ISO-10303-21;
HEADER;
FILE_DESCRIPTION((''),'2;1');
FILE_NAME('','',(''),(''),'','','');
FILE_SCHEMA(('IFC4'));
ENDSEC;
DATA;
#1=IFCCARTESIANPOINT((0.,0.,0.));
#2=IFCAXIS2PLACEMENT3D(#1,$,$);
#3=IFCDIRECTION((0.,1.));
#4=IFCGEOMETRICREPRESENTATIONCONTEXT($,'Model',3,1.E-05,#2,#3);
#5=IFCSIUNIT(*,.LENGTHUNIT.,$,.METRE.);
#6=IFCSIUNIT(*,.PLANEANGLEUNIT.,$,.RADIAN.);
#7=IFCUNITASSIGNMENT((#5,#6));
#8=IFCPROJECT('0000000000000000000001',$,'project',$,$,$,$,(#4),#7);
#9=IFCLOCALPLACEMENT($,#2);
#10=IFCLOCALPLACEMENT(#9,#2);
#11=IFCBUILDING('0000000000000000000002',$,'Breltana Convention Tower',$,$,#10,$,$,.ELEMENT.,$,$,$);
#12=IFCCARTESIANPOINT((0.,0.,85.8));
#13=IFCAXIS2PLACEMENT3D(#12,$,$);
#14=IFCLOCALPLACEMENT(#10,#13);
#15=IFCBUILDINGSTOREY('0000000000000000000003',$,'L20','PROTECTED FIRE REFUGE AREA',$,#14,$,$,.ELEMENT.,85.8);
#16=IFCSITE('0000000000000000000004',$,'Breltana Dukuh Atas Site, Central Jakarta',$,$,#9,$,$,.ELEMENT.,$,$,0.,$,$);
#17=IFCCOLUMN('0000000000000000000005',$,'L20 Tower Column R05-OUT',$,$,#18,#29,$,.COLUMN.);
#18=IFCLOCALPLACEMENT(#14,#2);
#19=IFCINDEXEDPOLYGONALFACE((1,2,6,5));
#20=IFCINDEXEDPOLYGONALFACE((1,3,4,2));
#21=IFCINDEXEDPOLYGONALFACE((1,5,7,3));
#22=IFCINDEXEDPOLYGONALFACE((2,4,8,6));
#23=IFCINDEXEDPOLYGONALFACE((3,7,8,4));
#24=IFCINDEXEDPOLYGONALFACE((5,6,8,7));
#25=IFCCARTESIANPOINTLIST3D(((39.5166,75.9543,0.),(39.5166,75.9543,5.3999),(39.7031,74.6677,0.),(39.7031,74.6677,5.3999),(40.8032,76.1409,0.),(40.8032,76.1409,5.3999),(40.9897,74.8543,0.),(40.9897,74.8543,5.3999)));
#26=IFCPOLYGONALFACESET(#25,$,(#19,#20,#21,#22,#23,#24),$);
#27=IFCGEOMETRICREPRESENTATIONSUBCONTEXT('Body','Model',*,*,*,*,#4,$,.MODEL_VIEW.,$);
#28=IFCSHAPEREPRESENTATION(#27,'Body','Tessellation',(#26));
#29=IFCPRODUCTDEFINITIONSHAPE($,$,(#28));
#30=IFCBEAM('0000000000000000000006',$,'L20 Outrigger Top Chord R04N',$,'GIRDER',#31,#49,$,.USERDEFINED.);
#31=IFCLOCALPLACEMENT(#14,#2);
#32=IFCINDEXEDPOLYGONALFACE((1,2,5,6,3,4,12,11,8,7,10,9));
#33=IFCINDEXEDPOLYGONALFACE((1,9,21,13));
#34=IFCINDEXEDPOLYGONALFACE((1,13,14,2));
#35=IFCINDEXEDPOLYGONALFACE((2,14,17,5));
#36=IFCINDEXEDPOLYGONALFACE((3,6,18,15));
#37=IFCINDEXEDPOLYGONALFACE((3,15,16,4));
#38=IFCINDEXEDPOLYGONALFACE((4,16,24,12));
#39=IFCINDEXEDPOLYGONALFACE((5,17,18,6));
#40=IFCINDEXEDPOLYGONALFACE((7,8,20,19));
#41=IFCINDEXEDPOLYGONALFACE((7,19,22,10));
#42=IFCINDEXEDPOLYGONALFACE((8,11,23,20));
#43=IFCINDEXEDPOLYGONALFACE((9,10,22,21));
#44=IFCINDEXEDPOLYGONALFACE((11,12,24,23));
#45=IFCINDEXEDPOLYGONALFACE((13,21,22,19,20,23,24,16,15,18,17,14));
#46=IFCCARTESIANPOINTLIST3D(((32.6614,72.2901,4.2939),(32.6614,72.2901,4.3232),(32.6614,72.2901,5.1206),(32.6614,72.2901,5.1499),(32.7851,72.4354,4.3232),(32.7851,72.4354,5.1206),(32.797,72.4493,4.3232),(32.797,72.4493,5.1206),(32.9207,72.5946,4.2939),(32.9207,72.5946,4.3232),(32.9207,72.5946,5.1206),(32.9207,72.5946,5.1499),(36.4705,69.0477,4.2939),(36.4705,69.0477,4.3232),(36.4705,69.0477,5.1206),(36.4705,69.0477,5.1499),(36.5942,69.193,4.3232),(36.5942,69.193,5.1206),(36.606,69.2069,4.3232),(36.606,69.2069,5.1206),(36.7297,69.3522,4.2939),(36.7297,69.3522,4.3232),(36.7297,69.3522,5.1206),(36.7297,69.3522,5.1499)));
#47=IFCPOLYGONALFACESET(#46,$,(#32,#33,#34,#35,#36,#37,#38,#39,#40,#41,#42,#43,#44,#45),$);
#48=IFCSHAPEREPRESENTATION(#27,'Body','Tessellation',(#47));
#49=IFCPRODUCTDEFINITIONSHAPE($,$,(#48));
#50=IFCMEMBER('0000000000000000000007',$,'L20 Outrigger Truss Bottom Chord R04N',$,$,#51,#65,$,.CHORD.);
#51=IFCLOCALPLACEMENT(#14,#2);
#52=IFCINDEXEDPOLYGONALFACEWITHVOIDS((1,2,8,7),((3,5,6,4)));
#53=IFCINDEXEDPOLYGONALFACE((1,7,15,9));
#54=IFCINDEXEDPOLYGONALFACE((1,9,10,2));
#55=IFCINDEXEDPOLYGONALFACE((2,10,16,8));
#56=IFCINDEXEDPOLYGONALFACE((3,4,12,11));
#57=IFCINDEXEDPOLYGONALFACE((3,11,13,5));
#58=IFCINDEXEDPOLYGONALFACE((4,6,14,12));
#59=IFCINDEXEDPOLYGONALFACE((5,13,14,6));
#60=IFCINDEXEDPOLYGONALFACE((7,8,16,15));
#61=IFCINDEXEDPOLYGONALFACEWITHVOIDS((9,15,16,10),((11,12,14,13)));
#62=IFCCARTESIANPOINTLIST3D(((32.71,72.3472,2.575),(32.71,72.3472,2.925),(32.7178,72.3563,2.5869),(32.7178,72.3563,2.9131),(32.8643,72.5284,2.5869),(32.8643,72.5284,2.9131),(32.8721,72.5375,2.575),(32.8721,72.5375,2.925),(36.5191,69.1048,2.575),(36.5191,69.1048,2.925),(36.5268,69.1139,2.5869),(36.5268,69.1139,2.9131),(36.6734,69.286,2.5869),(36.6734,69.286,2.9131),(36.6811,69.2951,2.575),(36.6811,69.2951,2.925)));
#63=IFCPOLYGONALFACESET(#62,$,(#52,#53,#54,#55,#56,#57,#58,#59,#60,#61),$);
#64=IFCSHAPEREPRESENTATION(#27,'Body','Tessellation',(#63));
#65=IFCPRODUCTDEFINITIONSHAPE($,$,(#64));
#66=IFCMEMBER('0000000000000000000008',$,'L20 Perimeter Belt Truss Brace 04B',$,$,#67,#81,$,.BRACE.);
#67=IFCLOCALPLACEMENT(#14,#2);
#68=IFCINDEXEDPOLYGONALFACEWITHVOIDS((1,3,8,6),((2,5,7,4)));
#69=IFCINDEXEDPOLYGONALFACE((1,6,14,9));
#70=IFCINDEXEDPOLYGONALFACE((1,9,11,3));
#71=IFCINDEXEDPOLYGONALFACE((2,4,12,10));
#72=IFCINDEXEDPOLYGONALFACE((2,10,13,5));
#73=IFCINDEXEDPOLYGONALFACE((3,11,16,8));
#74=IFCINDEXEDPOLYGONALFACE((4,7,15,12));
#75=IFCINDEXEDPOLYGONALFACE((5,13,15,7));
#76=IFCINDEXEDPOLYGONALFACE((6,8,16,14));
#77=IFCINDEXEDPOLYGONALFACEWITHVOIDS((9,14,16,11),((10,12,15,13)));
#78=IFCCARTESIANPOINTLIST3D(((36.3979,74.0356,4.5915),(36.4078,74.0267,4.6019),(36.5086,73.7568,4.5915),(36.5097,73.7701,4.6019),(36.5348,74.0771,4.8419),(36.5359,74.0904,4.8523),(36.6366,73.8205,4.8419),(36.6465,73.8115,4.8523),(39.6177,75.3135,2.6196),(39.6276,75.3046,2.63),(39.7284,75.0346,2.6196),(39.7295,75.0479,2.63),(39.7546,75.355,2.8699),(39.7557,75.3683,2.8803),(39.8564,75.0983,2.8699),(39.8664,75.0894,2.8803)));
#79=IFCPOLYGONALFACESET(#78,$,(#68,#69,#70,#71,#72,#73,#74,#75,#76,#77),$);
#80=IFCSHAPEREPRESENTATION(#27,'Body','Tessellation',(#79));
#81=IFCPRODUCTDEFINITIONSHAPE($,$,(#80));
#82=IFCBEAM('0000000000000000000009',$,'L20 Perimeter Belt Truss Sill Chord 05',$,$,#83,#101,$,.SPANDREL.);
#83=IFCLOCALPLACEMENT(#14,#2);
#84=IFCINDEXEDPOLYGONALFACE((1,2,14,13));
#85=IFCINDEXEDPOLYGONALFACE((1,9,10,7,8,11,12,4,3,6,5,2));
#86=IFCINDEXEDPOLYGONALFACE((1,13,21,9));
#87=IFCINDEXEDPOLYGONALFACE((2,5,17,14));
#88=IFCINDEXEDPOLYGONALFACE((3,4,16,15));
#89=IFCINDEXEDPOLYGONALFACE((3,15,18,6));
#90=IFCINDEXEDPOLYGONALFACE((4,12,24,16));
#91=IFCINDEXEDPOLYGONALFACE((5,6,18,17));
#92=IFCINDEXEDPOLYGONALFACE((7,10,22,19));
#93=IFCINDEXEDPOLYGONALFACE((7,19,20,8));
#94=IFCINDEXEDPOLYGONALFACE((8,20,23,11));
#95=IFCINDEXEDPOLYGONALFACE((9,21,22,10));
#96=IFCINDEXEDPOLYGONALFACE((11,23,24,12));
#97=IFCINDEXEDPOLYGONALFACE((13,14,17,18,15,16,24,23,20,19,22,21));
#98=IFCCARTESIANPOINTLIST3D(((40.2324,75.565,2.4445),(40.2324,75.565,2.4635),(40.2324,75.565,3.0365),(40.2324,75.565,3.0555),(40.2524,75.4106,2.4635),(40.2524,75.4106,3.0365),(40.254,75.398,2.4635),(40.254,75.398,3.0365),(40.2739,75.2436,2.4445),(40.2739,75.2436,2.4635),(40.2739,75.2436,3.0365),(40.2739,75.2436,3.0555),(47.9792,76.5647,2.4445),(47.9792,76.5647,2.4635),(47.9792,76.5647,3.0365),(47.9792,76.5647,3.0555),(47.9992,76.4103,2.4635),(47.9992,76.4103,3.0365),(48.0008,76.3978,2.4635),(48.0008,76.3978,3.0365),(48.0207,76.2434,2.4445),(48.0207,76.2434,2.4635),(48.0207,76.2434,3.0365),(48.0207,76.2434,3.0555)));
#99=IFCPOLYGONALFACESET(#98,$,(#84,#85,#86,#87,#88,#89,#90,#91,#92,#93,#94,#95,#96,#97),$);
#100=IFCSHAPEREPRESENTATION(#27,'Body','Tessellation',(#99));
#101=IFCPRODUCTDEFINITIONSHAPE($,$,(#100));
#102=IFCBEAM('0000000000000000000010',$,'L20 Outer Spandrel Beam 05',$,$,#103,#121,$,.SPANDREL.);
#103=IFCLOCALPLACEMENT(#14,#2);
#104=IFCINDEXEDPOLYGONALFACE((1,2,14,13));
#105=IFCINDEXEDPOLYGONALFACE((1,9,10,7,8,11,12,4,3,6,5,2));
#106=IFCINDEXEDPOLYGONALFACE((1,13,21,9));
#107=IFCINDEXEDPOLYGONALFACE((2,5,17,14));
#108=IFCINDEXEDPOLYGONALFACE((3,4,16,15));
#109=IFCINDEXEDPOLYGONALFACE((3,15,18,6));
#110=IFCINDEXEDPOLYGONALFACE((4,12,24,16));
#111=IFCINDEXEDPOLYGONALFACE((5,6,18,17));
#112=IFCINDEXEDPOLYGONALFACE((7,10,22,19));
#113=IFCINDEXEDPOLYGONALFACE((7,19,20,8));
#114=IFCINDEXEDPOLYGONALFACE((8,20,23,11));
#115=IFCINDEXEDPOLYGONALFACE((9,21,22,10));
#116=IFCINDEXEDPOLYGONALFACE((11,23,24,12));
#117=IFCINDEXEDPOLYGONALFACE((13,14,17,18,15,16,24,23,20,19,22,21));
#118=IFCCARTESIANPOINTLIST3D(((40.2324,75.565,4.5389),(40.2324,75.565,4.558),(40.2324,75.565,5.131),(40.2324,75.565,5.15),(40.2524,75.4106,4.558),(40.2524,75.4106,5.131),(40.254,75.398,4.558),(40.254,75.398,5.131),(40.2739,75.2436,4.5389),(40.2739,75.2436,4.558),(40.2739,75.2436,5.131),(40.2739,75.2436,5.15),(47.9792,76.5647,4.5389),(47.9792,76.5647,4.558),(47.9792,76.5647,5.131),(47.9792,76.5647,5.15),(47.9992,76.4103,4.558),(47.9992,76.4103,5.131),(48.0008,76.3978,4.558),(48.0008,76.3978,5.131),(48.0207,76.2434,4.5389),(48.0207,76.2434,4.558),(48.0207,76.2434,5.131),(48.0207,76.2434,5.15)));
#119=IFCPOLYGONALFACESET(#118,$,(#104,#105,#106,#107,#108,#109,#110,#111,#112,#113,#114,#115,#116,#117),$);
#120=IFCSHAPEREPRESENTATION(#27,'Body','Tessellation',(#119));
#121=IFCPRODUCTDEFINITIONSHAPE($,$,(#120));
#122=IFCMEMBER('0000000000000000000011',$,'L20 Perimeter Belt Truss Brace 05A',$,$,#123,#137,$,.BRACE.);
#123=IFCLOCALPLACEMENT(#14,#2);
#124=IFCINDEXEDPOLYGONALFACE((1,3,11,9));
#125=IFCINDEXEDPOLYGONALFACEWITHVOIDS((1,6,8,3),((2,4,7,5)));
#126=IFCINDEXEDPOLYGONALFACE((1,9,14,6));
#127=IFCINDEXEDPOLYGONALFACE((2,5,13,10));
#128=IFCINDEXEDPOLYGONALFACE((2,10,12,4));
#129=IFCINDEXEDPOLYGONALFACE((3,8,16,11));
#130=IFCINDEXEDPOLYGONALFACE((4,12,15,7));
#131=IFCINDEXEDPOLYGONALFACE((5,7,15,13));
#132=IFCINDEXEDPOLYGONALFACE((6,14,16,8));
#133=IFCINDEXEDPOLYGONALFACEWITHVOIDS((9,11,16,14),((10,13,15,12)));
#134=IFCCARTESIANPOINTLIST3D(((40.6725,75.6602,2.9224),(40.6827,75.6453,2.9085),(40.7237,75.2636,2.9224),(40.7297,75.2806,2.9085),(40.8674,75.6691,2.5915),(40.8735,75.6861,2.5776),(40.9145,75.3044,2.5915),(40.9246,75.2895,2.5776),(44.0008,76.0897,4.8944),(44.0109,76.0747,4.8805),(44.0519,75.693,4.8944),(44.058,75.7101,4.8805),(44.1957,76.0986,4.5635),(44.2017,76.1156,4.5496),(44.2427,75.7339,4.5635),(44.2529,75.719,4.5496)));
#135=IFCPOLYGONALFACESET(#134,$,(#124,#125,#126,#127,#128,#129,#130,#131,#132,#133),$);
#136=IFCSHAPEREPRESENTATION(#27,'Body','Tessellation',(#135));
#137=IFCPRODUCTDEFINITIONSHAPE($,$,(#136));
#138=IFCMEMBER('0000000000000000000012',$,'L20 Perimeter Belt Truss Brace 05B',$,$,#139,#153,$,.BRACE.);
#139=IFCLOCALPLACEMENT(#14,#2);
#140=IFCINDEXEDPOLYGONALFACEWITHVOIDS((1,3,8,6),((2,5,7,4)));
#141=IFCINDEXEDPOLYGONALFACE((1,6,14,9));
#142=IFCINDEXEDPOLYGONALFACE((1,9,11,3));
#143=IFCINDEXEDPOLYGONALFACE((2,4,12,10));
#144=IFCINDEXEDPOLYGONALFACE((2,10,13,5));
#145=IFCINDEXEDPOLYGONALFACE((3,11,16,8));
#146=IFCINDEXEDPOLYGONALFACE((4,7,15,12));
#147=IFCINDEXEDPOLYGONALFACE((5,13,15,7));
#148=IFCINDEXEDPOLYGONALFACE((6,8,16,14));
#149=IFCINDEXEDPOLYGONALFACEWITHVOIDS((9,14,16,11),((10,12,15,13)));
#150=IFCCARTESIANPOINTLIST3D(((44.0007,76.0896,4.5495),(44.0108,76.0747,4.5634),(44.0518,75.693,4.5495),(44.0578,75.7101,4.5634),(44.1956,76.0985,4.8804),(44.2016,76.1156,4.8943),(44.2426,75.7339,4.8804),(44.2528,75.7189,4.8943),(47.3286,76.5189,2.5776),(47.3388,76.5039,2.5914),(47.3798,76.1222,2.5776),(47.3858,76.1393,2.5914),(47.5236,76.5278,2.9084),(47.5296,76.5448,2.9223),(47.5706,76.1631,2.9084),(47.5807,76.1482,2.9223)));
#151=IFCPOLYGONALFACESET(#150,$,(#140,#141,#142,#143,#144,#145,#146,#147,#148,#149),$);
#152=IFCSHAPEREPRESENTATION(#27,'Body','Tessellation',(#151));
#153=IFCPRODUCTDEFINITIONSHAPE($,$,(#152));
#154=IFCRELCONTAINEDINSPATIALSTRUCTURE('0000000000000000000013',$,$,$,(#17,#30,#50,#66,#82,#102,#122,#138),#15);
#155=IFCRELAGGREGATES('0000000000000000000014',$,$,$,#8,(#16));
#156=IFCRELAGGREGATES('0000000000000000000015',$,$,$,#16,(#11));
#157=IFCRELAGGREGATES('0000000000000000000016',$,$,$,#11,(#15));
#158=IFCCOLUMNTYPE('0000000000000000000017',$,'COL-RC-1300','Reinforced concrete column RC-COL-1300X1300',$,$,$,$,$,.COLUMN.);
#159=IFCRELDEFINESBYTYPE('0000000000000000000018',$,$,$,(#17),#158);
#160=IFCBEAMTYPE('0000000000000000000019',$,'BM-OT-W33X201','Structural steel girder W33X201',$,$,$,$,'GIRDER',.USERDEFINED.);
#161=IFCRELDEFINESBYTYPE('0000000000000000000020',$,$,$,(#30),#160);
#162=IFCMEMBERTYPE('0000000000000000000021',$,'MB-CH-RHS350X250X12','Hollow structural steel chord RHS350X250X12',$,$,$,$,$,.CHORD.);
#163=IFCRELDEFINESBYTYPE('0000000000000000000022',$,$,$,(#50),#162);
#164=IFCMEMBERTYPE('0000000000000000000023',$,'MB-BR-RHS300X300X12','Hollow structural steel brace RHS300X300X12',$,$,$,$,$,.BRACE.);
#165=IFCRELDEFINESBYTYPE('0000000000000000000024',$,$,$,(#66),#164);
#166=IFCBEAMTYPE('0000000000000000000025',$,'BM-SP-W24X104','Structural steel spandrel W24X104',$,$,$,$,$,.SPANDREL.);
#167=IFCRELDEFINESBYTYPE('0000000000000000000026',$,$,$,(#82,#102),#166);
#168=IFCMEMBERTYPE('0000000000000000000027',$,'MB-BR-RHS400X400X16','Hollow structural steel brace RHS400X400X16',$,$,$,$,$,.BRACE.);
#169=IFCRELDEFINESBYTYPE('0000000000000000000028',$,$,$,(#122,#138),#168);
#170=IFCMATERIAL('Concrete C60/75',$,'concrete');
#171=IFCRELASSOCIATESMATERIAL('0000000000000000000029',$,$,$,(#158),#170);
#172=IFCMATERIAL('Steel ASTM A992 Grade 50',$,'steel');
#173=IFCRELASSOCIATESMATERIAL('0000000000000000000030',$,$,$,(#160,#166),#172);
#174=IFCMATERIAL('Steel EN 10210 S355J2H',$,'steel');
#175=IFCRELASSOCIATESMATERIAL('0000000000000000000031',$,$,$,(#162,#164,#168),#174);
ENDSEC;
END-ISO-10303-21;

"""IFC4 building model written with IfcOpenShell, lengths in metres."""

from ifc_helpers import new_model, si_unit, direction, frame, origin, origin_2d, place, context, subcontext, project, spatial, rectangle, hollow_rectangle, i_section, extrude, source, transform, mapped, material, material_profile, profile_set, type_object, type_shapes, element, save


model = new_model("IFC4")

# Units and contexts
model_context = context("Model", 3, precision=1e-05, world=origin(), true_north=direction((0.0, 1.0)))
body_context = subcontext(model_context, "Body", "Model", "MODEL_VIEW")
ifc_project = project(units=[si_unit("LENGTHUNIT", "METRE"), si_unit("PLANEANGLEUNIT", "RADIAN")], contexts=[model_context])

# Site, building, storey
site_placement = place(None, origin())
site = spatial("IfcSite", under=ifc_project, at=site_placement, Name="Breltana Dukuh Atas Site, Central Jakarta", CompositionType="ELEMENT", RefElevation=0.0)
building_placement = place(site_placement, origin())
building = spatial("IfcBuilding", under=site, at=building_placement, Name="Breltana Convention Tower", CompositionType="ELEMENT")
storey_placement = place(building_placement, frame((0.0, 0.0, 85.8)))
storey = spatial("IfcBuildingStorey", under=building, at=storey_placement, Name="L20", Description="PROTECTED FIRE REFUGE AREA", CompositionType="ELEMENT", Elevation=85.8)

# Column
ifc_material_1 = material(Name="Concrete C60/75", Category="concrete")
ifc_material_profile_1 = material_profile(ifc_material_1, rectangle(XDim=1.3, YDim=1.3, at=origin_2d()), Name="RC-COL-1300X1300")
ifc_profile_set_1 = profile_set([ifc_material_profile_1], Name="Concrete C60/75")
column_type = type_object("IfcColumnType", Name="COL-RC-1300", Description="Reinforced concrete column RC-COL-1300X1300", PredefinedType="COLUMN", material=ifc_profile_set_1)
shared_shape_1 = source(origin(), body_context, "Body", "SweptSolid", [
    extrude(rectangle(XDim=1.3, YDim=1.3, at=origin_2d()), origin(), (0.0, 0.0, 1.0), 5.3999),
])
type_shapes(column_type, [shared_shape_1])
column_placement = place(storey_placement, frame((40.2532, 75.4043, 0.0), z_axis=(0.0, 0.0, 1.0), x_axis=(-0.143493, 0.989651, 0.0)))
element("IfcColumn", 1, at=column_placement, inside=storey, type_object=column_type, Name="L20 Tower Column R05-OUT", PredefinedType="COLUMN", context=body_context, shape_type="MappedRepresentation", body=[
    mapped(shared_shape_1, transform((0.0, 0.0, 0.0), scale=1.0)),
])

# Beam
ifc_material_2 = material(Name="Steel ASTM A992 Grade 50", Category="steel")
ifc_material_profile_2 = material_profile(ifc_material_2, i_section(OverallWidth=0.3999, OverallDepth=0.856, WebThickness=0.0183, FlangeThickness=0.0293, at=origin_2d()), Name="W33X201")
ifc_profile_set_2 = profile_set([ifc_material_profile_2], Name="Steel ASTM A992 Grade 50")
beam_type_1 = type_object("IfcBeamType", Name="BM-OT-W33X201", Description="Structural steel girder W33X201", ElementType="GIRDER", PredefinedType="USERDEFINED", material=ifc_profile_set_2)
shared_shape_2 = source(origin(), body_context, "Body", "SweptSolid", [
    extrude(i_section(OverallWidth=0.3999, OverallDepth=0.856, WebThickness=0.0183, FlangeThickness=0.0293, at=origin_2d()), origin(), (0.0, 0.0, 1.0), 5.0022),
])
beam_1_placement = place(storey_placement, frame((36.6001, 69.2, 4.7219), z_axis=(-0.761474, 0.648195, 0.0), x_axis=(-0.648195, -0.761474, 0.0)))
element("IfcBeam", 2, at=beam_1_placement, inside=storey, type_object=beam_type_1, Name="L20 Outrigger Top Chord R04N", ObjectType="GIRDER", PredefinedType="USERDEFINED", context=body_context, shape_type="MappedRepresentation", body=[
    mapped(shared_shape_2, transform((0.0, 0.0, 0.0), scale=1.0)),
])

# Members
ifc_material_3 = material(Name="Steel EN 10210 S355J2H", Category="steel")
ifc_material_profile_3 = material_profile(ifc_material_3, hollow_rectangle(XDim=0.25, YDim=0.3501, WallThickness=0.012, at=origin_2d()), Name="RHS350X250X12")
ifc_profile_set_3 = profile_set([ifc_material_profile_3], Name="Steel EN 10210 S355J2H")
member_type_1 = type_object("IfcMemberType", Name="MB-CH-RHS350X250X12", Description="Hollow structural steel chord RHS350X250X12", PredefinedType="CHORD", material=ifc_profile_set_3)
shared_shape_3 = source(origin(), body_context, "Body", "SweptSolid", [
    extrude(hollow_rectangle(XDim=0.25, YDim=0.3501, WallThickness=0.012, at=origin_2d()), origin(), (0.0, 0.0, 1.0), 5.0022),
])
member_1_placement = place(storey_placement, frame((36.6001, 69.2, 2.75), z_axis=(-0.761474, 0.648195, 0.0), x_axis=(-0.648195, -0.761474, 0.0)))
element("IfcMember", 3, at=member_1_placement, inside=storey, type_object=member_type_1, Name="L20 Outrigger Truss Bottom Chord R04N", PredefinedType="CHORD", context=body_context, shape_type="MappedRepresentation", body=[
    mapped(shared_shape_3, transform((0.0, 0.0, 0.0), scale=1.0)),
])
ifc_material_profile_4 = material_profile(ifc_material_3, hollow_rectangle(XDim=0.3, YDim=0.3, WallThickness=0.012, at=origin_2d()), Name="RHS300X300X12")
ifc_profile_set_4 = profile_set([ifc_material_profile_4], Name="Steel EN 10210 S355J2H")
member_type_2 = type_object("IfcMemberType", Name="MB-BR-RHS300X300X12", Description="Hollow structural steel brace RHS300X300X12", PredefinedType="BRACE", material=ifc_profile_set_4)
shared_shape_4 = source(origin(), body_context, "Body", "SweptSolid", [
    extrude(hollow_rectangle(XDim=0.3, YDim=0.3, WallThickness=0.012, at=origin_2d()), origin(), (0.0, 0.0, 1.0), 3.9861),
])
member_2_placement = place(storey_placement, frame((36.5222, 73.9236, 4.7219), z_axis=(0.807764, 0.320582, -0.494716), x_axis=(-0.368886, 0.929475, 0.0)))
element("IfcMember", 4, at=member_2_placement, inside=storey, type_object=member_type_2, Name="L20 Perimeter Belt Truss Brace 04B", PredefinedType="BRACE", context=body_context, shape_type="MappedRepresentation", body=[
    mapped(shared_shape_4, transform((0.0, 0.0, 0.0), scale=1.0)),
])

# Beams
ifc_material_profile_5 = material_profile(ifc_material_2, i_section(OverallWidth=0.324, OverallDepth=0.6111, WebThickness=0.0127, FlangeThickness=0.019, at=origin_2d()), Name="W24X104")
ifc_profile_set_5 = profile_set([ifc_material_profile_5], Name="Steel ASTM A992 Grade 50")
beam_type_2 = type_object("IfcBeamType", Name="BM-SP-W24X104", Description="Structural steel spandrel W24X104", PredefinedType="SPANDREL", material=ifc_profile_set_5)
shared_shape_5 = source(origin(), body_context, "Body", "SweptSolid", [
    extrude(i_section(OverallWidth=0.324, OverallDepth=0.6111, WebThickness=0.0127, FlangeThickness=0.019, at=origin_2d()), origin(), (0.0, 0.0, 1.0), 7.811),
])
for number, where, z_axis, x_axis, name in (
    (5, (40.2532, 75.4043, 2.75), (0.991775, 0.127992, 0.0), (-0.127992, 0.991775, 0.0), "L20 Perimeter Belt Truss Sill Chord 05"),
    (6, (40.2532, 75.4043, 4.8445), (0.991775, 0.127992, 0.0), (-0.127992, 0.991775, 0.0), "L20 Outer Spandrel Beam 05"),
):
    element("IfcBeam", number, at=place(storey_placement, frame(where, z_axis=z_axis, x_axis=x_axis)), inside=storey, type_object=beam_type_2, Name=name, PredefinedType="SPANDREL", context=body_context, shape_type="MappedRepresentation", body=[
        mapped(shared_shape_5, transform((0.0, 0.0, 0.0), scale=1.0)),
    ])

# Members
ifc_material_profile_6 = material_profile(ifc_material_3, hollow_rectangle(XDim=0.3999, YDim=0.3999, WallThickness=0.0161, at=origin_2d()), Name="RHS400X400X16")
ifc_profile_set_6 = profile_set([ifc_material_profile_6], Name="Steel EN 10210 S355J2H")
member_type_3 = type_object("IfcMemberType", Name="MB-BR-RHS400X400X16", Description="Hollow structural steel brace RHS400X400X16", PredefinedType="BRACE", material=ifc_profile_set_6)
shared_shape_6 = source(origin(), body_context, "Body", "SweptSolid", [
    extrude(hollow_rectangle(XDim=0.3999, YDim=0.3999, WallThickness=0.0161, at=origin_2d()), origin(), (0.0, 0.0, 1.0), 3.8923),
])
member_3_placement = place(storey_placement, frame((40.7986, 75.4749, 2.75), z_axis=(0.855073, 0.110334, 0.506633), x_axis=(-0.127974, 0.991778, 0.0)))
element("IfcMember", 7, at=member_3_placement, inside=storey, type_object=member_type_3, Name="L20 Perimeter Belt Truss Brace 05A", PredefinedType="BRACE", context=body_context, shape_type="MappedRepresentation", body=[
    mapped(shared_shape_6, transform((0.0, 0.0, 0.0), scale=1.0)),
])
shared_shape_7 = source(origin(), body_context, "Body", "SweptSolid", [
    extrude(hollow_rectangle(XDim=0.3999, YDim=0.3999, WallThickness=0.0161, at=origin_2d()), origin(), (0.0, 0.0, 1.0), 3.8921),
])
member_4_placement = place(storey_placement, frame((44.1267, 75.9043, 4.7219), z_axis=(0.855062, 0.110278, -0.506664), x_axis=(-0.127911, 0.991786, 0.0)))
element("IfcMember", 8, at=member_4_placement, inside=storey, type_object=member_type_3, Name="L20 Perimeter Belt Truss Brace 05B", PredefinedType="BRACE", context=body_context, shape_type="MappedRepresentation", body=[
    mapped(shared_shape_7, transform((0.0, 0.0, 0.0), scale=1.0)),
])

save(model, "model.ifc")
